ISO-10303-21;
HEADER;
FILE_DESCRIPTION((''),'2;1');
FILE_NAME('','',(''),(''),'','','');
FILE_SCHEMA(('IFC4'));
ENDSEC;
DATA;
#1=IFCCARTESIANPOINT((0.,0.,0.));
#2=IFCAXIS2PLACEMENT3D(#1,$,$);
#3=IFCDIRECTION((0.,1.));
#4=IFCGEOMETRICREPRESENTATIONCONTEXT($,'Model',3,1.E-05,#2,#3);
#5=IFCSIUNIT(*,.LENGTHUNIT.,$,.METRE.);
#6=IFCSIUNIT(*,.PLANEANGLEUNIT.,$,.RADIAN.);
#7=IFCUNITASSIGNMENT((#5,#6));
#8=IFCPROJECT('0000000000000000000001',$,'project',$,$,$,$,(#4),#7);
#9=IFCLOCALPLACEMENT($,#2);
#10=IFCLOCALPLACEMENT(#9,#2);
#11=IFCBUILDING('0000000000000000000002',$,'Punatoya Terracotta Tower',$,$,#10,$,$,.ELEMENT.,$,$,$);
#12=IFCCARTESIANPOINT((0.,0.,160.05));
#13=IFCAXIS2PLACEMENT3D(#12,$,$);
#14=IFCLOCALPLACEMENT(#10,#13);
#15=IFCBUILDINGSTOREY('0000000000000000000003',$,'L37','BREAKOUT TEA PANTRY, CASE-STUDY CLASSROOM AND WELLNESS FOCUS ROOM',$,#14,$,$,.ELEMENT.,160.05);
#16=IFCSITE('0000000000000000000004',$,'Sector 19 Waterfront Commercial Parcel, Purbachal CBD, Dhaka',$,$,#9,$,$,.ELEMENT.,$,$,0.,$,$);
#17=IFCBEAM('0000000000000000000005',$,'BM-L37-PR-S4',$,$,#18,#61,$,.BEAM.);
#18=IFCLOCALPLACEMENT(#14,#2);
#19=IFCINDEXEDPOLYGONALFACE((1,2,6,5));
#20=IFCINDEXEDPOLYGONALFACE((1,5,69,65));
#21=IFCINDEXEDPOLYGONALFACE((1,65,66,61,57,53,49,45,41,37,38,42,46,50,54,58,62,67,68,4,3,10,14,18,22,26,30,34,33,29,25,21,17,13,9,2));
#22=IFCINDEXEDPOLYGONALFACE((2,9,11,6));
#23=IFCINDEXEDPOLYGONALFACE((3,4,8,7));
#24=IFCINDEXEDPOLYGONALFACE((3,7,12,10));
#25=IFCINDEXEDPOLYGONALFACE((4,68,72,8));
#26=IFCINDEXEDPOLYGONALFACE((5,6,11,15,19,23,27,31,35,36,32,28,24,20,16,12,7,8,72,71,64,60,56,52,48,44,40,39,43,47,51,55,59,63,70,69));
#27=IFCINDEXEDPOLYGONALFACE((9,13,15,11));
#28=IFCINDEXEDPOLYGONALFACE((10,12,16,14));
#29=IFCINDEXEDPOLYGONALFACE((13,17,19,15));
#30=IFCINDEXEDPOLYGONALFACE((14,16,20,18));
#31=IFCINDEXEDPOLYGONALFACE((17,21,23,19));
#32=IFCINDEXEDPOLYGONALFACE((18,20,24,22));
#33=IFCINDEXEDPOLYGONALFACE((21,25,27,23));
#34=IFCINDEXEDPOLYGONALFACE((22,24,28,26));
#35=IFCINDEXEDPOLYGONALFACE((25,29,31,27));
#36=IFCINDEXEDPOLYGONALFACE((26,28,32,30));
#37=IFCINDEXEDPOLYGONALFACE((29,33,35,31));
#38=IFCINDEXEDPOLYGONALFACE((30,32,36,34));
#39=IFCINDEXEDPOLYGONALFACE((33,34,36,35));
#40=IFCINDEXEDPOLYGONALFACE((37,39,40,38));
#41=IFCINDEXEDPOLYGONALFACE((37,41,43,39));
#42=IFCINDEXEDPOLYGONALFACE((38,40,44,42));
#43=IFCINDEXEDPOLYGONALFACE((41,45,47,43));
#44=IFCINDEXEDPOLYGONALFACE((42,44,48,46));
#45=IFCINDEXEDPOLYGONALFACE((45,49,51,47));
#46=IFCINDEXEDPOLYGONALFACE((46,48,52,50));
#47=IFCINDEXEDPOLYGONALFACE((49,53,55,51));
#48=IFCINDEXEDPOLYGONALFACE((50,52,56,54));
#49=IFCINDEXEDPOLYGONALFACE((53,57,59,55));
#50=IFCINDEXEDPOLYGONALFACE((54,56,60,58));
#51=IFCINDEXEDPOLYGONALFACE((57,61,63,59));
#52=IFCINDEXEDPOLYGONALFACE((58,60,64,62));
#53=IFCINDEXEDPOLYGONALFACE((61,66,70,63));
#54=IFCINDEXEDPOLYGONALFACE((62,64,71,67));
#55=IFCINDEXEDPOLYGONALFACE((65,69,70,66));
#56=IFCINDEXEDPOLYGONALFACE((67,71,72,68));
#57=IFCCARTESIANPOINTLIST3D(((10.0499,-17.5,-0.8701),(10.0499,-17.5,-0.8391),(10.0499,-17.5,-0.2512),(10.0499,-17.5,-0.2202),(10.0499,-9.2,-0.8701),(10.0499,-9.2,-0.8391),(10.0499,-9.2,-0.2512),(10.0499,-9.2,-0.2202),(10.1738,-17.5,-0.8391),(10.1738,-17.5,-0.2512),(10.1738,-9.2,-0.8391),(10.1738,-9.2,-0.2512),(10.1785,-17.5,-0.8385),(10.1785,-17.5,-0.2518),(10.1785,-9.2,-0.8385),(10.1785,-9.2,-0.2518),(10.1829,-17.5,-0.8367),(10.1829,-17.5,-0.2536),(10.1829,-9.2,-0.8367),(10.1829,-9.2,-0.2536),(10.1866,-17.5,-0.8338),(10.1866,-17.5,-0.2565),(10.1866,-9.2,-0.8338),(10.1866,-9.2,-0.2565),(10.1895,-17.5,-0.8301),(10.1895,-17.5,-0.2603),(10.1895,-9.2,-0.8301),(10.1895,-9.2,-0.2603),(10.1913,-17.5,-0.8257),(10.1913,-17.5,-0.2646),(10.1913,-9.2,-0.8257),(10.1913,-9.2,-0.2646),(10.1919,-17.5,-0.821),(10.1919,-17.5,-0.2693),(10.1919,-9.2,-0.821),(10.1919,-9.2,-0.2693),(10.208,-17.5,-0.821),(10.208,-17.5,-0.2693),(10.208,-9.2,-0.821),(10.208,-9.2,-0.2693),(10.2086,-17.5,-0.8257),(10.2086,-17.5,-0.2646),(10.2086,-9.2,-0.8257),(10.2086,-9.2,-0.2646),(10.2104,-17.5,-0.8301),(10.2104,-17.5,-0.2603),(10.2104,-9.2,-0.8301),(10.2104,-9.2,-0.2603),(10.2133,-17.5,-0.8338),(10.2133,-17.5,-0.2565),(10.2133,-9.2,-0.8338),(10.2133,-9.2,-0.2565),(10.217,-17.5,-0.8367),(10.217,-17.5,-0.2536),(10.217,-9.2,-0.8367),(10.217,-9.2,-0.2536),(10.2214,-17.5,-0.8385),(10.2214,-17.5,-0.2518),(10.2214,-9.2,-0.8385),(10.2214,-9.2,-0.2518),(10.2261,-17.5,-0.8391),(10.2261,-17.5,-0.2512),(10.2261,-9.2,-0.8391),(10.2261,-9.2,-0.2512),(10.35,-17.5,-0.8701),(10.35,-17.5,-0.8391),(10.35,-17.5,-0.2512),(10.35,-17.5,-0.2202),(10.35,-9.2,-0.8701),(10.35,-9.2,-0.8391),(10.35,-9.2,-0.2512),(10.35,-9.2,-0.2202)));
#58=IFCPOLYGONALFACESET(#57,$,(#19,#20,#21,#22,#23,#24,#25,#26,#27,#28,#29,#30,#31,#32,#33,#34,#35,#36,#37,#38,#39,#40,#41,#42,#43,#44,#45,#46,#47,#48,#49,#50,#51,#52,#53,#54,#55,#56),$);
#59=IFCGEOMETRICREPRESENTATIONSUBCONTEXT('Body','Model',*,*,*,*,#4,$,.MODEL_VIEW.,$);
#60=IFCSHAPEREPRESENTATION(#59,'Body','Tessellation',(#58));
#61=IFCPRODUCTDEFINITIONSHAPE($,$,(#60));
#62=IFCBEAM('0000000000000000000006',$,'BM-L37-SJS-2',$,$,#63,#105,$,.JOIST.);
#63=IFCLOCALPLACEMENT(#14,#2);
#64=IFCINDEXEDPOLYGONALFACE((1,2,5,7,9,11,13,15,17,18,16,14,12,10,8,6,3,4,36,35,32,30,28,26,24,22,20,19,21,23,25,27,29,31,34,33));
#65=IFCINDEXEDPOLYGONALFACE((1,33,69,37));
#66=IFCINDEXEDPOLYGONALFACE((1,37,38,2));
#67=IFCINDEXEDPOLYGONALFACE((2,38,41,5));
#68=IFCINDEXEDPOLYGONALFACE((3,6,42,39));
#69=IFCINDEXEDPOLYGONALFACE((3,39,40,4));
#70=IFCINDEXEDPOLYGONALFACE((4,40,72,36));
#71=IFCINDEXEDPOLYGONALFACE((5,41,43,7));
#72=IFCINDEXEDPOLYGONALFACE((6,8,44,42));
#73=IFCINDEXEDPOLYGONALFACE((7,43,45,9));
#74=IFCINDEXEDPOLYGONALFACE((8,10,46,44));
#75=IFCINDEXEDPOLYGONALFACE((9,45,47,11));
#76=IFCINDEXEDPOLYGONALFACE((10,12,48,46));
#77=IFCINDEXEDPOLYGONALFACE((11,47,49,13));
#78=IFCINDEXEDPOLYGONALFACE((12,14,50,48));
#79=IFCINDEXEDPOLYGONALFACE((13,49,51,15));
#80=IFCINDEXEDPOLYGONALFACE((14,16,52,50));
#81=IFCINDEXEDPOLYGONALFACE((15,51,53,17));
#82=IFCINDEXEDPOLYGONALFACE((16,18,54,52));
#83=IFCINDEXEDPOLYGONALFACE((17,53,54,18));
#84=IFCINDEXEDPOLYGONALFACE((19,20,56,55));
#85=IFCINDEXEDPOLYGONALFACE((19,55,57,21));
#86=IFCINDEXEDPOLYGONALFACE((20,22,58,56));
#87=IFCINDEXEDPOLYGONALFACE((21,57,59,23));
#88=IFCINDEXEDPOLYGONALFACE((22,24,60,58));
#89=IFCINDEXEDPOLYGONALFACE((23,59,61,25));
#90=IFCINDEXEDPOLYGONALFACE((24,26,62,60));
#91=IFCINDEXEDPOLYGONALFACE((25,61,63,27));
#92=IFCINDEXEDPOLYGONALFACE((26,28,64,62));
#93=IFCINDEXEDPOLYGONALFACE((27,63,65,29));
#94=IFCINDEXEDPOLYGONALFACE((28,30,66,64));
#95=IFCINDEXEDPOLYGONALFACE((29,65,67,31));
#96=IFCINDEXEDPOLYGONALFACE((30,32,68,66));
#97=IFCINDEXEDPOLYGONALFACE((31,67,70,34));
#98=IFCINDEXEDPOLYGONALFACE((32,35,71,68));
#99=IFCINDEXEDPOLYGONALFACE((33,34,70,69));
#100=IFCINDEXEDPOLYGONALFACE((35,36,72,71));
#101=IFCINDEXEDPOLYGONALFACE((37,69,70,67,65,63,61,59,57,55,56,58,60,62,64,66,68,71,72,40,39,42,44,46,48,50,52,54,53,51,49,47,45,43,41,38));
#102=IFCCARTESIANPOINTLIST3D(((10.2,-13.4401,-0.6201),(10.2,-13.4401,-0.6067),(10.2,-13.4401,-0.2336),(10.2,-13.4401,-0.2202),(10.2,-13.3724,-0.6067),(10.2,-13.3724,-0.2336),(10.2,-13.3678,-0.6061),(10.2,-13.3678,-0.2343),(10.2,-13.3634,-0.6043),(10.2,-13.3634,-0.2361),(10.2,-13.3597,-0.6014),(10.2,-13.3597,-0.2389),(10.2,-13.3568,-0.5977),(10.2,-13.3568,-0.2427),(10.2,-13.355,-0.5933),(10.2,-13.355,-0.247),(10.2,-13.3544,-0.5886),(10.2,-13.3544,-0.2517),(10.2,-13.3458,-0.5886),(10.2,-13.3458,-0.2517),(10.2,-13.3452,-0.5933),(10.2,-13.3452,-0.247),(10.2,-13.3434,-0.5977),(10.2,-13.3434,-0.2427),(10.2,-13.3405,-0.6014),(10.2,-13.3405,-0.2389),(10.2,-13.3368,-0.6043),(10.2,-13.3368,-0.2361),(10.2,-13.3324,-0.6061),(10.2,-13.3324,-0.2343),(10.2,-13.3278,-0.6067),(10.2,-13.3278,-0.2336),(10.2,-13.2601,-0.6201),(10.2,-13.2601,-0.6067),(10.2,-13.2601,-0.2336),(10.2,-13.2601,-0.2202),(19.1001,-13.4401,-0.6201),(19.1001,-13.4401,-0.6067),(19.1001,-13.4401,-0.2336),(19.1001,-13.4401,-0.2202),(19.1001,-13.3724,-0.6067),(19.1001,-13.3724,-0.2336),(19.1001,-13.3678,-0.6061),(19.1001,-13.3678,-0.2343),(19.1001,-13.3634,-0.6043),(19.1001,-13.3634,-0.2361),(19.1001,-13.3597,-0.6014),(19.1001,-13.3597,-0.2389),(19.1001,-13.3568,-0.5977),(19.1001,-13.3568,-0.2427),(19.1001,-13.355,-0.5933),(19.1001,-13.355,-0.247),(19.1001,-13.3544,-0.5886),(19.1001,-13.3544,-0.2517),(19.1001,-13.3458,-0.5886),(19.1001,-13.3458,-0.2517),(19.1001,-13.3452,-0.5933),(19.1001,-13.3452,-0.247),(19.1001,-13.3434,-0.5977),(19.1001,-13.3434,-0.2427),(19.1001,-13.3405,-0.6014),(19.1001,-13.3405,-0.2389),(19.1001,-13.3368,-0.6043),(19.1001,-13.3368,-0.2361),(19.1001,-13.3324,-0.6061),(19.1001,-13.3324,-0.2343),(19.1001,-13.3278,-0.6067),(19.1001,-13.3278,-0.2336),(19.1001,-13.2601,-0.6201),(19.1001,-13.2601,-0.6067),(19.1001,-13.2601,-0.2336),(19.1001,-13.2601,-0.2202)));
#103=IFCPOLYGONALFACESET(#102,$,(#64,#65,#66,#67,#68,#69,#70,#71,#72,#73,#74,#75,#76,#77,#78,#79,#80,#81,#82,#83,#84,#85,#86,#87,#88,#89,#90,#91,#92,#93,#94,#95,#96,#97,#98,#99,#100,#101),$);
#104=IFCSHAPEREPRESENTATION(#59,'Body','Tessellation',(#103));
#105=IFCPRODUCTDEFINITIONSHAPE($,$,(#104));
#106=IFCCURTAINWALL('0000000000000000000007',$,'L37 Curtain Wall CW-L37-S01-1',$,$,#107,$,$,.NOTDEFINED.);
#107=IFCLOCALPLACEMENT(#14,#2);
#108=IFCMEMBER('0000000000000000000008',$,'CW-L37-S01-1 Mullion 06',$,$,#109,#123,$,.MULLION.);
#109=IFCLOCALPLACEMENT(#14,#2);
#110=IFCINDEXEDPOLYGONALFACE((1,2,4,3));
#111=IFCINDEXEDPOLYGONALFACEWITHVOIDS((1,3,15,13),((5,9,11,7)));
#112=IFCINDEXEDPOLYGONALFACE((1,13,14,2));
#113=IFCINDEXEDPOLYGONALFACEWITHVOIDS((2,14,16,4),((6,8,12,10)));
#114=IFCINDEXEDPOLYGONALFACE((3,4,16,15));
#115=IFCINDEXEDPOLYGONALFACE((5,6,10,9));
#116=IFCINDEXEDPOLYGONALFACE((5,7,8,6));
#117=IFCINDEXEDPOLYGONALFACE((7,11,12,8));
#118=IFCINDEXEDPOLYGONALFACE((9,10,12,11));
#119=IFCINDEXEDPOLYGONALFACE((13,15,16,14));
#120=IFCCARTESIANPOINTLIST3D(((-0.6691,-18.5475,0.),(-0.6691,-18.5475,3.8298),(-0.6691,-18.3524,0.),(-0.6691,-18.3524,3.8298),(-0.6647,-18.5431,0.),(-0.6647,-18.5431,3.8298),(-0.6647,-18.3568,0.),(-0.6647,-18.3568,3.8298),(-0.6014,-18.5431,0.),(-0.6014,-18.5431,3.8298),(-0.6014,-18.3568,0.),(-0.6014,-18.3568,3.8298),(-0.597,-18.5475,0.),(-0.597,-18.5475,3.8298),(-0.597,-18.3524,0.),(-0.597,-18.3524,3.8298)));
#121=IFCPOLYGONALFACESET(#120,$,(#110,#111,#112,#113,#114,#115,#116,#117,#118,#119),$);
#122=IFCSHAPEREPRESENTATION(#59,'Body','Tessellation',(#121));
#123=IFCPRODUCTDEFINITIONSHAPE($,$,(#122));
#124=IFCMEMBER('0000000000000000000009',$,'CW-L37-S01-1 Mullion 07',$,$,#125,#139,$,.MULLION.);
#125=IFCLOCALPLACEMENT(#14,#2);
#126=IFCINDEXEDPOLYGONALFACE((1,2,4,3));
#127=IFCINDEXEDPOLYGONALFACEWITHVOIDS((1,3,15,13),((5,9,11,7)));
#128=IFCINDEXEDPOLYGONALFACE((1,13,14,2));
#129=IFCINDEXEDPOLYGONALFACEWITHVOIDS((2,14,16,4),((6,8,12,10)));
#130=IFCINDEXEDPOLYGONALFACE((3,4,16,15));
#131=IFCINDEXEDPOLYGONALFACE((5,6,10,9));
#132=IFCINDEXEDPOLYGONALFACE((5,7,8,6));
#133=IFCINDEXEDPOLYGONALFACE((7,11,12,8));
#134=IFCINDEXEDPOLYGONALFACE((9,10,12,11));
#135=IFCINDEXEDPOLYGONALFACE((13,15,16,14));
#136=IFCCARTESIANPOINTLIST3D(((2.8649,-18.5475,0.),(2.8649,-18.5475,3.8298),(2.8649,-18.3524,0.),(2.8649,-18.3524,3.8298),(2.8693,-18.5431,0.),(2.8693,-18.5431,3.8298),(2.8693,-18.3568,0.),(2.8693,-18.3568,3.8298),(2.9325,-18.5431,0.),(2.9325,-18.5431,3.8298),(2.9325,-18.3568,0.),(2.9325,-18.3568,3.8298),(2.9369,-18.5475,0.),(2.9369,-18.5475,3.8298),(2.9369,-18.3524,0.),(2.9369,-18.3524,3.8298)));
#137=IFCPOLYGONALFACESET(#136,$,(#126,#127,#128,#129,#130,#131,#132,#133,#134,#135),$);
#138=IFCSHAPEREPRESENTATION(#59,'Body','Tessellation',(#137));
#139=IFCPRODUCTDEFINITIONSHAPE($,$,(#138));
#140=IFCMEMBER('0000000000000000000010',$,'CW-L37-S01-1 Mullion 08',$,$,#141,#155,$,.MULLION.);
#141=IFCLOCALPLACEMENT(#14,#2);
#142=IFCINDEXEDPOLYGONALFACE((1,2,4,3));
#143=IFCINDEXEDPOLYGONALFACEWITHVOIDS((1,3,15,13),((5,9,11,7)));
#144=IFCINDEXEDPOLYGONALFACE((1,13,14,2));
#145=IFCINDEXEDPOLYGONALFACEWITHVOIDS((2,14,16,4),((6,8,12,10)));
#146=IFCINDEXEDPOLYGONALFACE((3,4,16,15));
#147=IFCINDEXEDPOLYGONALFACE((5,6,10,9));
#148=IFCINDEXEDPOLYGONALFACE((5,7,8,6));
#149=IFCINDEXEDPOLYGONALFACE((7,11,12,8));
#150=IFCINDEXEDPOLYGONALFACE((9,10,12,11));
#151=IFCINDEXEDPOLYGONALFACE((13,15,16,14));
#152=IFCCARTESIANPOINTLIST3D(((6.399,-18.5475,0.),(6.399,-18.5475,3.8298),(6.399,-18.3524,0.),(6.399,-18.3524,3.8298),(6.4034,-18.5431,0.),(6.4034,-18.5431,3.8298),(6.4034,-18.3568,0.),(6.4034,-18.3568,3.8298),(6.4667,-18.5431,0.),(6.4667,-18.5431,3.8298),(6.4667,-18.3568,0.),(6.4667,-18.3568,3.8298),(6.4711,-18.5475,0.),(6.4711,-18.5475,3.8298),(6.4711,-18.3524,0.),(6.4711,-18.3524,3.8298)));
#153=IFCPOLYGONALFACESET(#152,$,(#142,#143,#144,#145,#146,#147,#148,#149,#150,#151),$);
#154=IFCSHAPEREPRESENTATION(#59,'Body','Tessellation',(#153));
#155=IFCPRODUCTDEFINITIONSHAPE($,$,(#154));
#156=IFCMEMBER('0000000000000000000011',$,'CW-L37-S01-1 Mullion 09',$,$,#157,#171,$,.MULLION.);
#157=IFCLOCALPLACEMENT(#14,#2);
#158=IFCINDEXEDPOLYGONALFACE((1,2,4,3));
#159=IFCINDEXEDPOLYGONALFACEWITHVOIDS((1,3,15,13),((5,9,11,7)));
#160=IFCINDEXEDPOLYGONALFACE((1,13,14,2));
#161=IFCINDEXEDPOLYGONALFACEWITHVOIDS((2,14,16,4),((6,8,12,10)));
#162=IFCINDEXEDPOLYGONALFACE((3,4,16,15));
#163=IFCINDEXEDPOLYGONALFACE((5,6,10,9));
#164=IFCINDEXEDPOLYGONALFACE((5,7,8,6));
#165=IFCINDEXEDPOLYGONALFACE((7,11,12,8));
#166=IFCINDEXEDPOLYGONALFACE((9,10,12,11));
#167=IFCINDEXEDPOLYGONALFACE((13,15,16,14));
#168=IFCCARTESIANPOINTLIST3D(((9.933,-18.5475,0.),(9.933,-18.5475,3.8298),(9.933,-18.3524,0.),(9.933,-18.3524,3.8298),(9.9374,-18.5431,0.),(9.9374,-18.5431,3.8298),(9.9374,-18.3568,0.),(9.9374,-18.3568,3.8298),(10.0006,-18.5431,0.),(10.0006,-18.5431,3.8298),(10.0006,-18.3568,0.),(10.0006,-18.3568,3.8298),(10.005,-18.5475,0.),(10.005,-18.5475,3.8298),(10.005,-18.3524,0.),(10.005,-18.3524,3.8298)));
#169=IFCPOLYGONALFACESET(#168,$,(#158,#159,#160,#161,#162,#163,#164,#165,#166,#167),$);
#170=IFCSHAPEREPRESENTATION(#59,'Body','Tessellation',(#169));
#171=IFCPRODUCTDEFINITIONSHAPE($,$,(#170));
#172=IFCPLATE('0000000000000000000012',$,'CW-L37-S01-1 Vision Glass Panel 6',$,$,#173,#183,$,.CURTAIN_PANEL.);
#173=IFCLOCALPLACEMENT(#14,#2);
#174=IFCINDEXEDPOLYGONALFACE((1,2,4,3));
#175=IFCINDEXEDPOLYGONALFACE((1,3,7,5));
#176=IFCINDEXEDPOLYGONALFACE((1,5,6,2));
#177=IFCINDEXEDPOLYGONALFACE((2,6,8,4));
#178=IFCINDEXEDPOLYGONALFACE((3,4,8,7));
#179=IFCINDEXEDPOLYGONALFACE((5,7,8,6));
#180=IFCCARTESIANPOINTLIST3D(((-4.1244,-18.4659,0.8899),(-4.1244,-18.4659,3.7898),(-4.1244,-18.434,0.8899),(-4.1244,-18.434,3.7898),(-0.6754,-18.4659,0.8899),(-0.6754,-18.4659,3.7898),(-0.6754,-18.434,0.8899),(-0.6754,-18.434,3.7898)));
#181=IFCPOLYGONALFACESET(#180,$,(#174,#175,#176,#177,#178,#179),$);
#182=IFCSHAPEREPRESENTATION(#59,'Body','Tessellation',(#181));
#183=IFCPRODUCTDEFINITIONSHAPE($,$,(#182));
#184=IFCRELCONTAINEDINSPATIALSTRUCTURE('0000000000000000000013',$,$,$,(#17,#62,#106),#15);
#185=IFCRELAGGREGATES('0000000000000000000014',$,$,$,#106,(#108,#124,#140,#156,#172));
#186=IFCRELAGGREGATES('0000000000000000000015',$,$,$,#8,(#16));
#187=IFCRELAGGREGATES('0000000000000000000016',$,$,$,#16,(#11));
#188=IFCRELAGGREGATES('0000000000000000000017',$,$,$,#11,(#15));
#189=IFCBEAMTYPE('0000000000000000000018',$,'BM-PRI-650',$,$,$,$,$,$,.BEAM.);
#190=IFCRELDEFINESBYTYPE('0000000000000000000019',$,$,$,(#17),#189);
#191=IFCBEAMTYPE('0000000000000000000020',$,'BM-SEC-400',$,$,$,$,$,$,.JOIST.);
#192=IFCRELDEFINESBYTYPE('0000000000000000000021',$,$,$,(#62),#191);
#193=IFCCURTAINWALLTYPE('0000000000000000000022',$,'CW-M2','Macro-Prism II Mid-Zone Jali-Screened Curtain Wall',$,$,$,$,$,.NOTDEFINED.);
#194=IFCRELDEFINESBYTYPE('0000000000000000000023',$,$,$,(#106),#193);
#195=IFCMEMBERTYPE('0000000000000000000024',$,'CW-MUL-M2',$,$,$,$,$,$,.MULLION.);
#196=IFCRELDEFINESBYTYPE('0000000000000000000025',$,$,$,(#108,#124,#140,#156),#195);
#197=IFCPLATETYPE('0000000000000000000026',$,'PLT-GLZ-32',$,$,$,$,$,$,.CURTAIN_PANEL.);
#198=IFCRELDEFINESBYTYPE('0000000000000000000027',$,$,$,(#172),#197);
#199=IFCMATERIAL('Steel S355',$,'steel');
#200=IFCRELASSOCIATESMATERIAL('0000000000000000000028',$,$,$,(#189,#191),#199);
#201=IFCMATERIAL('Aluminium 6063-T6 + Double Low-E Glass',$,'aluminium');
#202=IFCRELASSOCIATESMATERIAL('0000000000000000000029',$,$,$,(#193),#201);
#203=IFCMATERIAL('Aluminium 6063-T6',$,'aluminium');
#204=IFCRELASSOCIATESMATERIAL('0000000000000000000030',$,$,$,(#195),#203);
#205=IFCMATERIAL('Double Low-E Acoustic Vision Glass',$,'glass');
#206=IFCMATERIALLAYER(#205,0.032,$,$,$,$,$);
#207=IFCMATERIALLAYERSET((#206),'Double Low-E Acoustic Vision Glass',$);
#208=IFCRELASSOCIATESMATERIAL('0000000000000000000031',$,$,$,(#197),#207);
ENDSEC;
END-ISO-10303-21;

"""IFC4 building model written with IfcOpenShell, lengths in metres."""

from ifc_helpers import new_model, si_unit, direction, frame, origin, origin_2d, place, context, subcontext, project, spatial, rectangle, hollow_rectangle, i_section, extrude, material, layer, layer_set, material_profile, profile_set, type_object, element, aggregate, save


model = new_model("IFC4")

# Units and contexts
model_context = context("Model", 3, precision=1e-05, world=origin(), true_north=direction((0.0, 1.0)))
body_context = subcontext(model_context, "Body", "Model", "MODEL_VIEW")
ifc_project = project(units=[si_unit("LENGTHUNIT", "METRE"), si_unit("PLANEANGLEUNIT", "RADIAN")], contexts=[model_context])

# Site, building, storey
site_placement = place(None, origin())
site = spatial("IfcSite", under=ifc_project, at=site_placement, Name="Sector 19 Waterfront Commercial Parcel, Purbachal CBD, Dhaka", CompositionType="ELEMENT", RefElevation=0.0)
building_placement = place(site_placement, origin())
building = spatial("IfcBuilding", under=site, at=building_placement, Name="Punatoya Terracotta Tower", CompositionType="ELEMENT")
storey_placement = place(building_placement, frame((0.0, 0.0, 160.05)))
storey = spatial("IfcBuildingStorey", under=building, at=storey_placement, Name="L37", Description="BREAKOUT TEA PANTRY, CASE-STUDY CLASSROOM AND WELLNESS FOCUS ROOM", CompositionType="ELEMENT", Elevation=160.05)

# Beams
ifc_material_1 = material(Name="Steel S355", Category="steel")
ifc_material_profile_1 = material_profile(ifc_material_1, i_section(OverallWidth=0.3, OverallDepth=0.6499, WebThickness=0.0161, FlangeThickness=0.031, FilletRadius=0.0181, at=origin_2d()))
ifc_profile_set_1 = profile_set([ifc_material_profile_1], Name="Steel S355")
beam_type_1 = type_object("IfcBeamType", Name="BM-PRI-650", PredefinedType="BEAM", material=ifc_profile_set_1)
for number, where, z_axis, x_axis, name in (
    (1, (10.2, -17.5, -0.5452), (0.0, 1.0, 0.0), (-1.0, 0.0, 0.0), "BM-L37-PR-S4"),
):
    element("IfcBeam", number, at=place(storey_placement, frame(where, z_axis=z_axis, x_axis=x_axis)), inside=storey, type_object=beam_type_1, Name=name, PredefinedType="BEAM", context=body_context, shape_type="SweptSolid", body=[
        extrude(i_section(OverallWidth=0.3, OverallDepth=0.6499, WebThickness=0.0161, FlangeThickness=0.031, FilletRadius=0.0181, at=origin_2d()), origin(), (0.0, 0.0, 1.0), 8.3),
    ])
ifc_material_profile_2 = material_profile(ifc_material_1, i_section(OverallWidth=0.1799, OverallDepth=0.3999, WebThickness=0.0085, FlangeThickness=0.0134, FilletRadius=0.0181, at=origin_2d()))
ifc_profile_set_2 = profile_set([ifc_material_profile_2], Name="Steel S355")
beam_type_2 = type_object("IfcBeamType", Name="BM-SEC-400", PredefinedType="JOIST", material=ifc_profile_set_2)
beam_1_placement = place(storey_placement, frame((10.2, -13.3501, -0.4202), z_axis=(1.0, 0.0, 0.0), x_axis=(0.0, 1.0, 0.0)))
element("IfcBeam", 2, at=beam_1_placement, inside=storey, type_object=beam_type_2, Name="BM-L37-SJS-2", PredefinedType="JOIST", context=body_context, shape_type="SweptSolid", body=[
    extrude(i_section(OverallWidth=0.1799, OverallDepth=0.3999, WebThickness=0.0085, FlangeThickness=0.0134, FilletRadius=0.0181, at=origin_2d()), origin(), (0.0, 0.0, 1.0), 8.9001),
])

# Curtain wall, members, plate
ifc_material_2 = material(Name="Aluminium 6063-T6 + Double Low-E Glass", Category="aluminium")
curtain_wall_type = type_object("IfcCurtainWallType", Name="CW-M2", Description="Macro-Prism II Mid-Zone Jali-Screened Curtain Wall", PredefinedType="NOTDEFINED", material=ifc_material_2)
curtain_wall_placement = place(storey_placement, origin())
curtain_wall = element("IfcCurtainWall", 3, at=curtain_wall_placement, inside=storey, type_object=curtain_wall_type, Name="L37 Curtain Wall CW-L37-S01-1", PredefinedType="NOTDEFINED")
ifc_material_3 = material(Name="Aluminium 6063-T6", Category="aluminium")
ifc_material_profile_3 = material_profile(ifc_material_3, hollow_rectangle(XDim=0.072, YDim=0.1951, WallThickness=0.0044, at=origin_2d()))
ifc_profile_set_3 = profile_set([ifc_material_profile_3], Name="Aluminium 6063-T6")
member_type = type_object("IfcMemberType", Name="CW-MUL-M2", PredefinedType="MULLION", material=ifc_profile_set_3)
member_1_placement = place(storey_placement, frame((-0.6331, -18.45, 0.0), z_axis=(0.0, 0.0, 1.0), x_axis=(1.0, 0.0, 0.0)))
member_1 = element("IfcMember", 4, at=member_1_placement, type_object=member_type, Name="CW-L37-S01-1 Mullion 06", PredefinedType="MULLION", context=body_context, shape_type="SweptSolid", body=[
    extrude(hollow_rectangle(XDim=0.072, YDim=0.1951, WallThickness=0.0044, at=origin_2d()), origin(), (0.0, 0.0, 1.0), 3.8298),
])
member_2_placement = place(storey_placement, frame((2.9009, -18.45, 0.0), z_axis=(0.0, 0.0, 1.0), x_axis=(1.0, 0.0, 0.0)))
member_2 = element("IfcMember", 5, at=member_2_placement, type_object=member_type, Name="CW-L37-S01-1 Mullion 07", PredefinedType="MULLION", context=body_context, shape_type="SweptSolid", body=[
    extrude(hollow_rectangle(XDim=0.072, YDim=0.1951, WallThickness=0.0044, at=origin_2d()), origin(), (0.0, 0.0, 1.0), 3.8298),
])
member_3_placement = place(storey_placement, frame((6.4351, -18.45, 0.0), z_axis=(0.0, 0.0, 1.0), x_axis=(1.0, 0.0, 0.0)))
member_3 = element("IfcMember", 6, at=member_3_placement, type_object=member_type, Name="CW-L37-S01-1 Mullion 08", PredefinedType="MULLION", context=body_context, shape_type="SweptSolid", body=[
    extrude(hollow_rectangle(XDim=0.072, YDim=0.1951, WallThickness=0.0044, at=origin_2d()), origin(), (0.0, 0.0, 1.0), 3.8298),
])
member_4_placement = place(storey_placement, frame((9.969, -18.45, 0.0), z_axis=(0.0, 0.0, 1.0), x_axis=(1.0, 0.0, 0.0)))
member_4 = element("IfcMember", 7, at=member_4_placement, type_object=member_type, Name="CW-L37-S01-1 Mullion 09", PredefinedType="MULLION", context=body_context, shape_type="SweptSolid", body=[
    extrude(hollow_rectangle(XDim=0.072, YDim=0.1951, WallThickness=0.0044, at=origin_2d()), origin(), (0.0, 0.0, 1.0), 3.8298),
])
ifc_material_4 = material(Name="Double Low-E Acoustic Vision Glass", Category="glass")
ifc_layer_1 = layer(ifc_material_4, 0.032)
ifc_layer_set_1 = layer_set([ifc_layer_1], Name="Double Low-E Acoustic Vision Glass")
plate_type_1 = type_object("IfcPlateType", Name="PLT-GLZ-32", PredefinedType="CURTAIN_PANEL", material=ifc_layer_set_1)
plate_1_placement = place(storey_placement, frame((-2.3999, -18.45, 0.8899), z_axis=(0.0, 0.0, 1.0), x_axis=(1.0, 0.0, 0.0)))
plate_1 = element("IfcPlate", 8, at=plate_1_placement, type_object=plate_type_1, Name="CW-L37-S01-1 Vision Glass Panel 6", PredefinedType="CURTAIN_PANEL", context=body_context, shape_type="SweptSolid", body=[
    extrude(rectangle(XDim=3.449, YDim=0.032, at=origin_2d()), origin(), (0.0, 0.0, 1.0), 2.8999),
])
aggregate(curtain_wall, [member_1, member_2, member_3, member_4, plate_1])

save(model, "model.ifc")
